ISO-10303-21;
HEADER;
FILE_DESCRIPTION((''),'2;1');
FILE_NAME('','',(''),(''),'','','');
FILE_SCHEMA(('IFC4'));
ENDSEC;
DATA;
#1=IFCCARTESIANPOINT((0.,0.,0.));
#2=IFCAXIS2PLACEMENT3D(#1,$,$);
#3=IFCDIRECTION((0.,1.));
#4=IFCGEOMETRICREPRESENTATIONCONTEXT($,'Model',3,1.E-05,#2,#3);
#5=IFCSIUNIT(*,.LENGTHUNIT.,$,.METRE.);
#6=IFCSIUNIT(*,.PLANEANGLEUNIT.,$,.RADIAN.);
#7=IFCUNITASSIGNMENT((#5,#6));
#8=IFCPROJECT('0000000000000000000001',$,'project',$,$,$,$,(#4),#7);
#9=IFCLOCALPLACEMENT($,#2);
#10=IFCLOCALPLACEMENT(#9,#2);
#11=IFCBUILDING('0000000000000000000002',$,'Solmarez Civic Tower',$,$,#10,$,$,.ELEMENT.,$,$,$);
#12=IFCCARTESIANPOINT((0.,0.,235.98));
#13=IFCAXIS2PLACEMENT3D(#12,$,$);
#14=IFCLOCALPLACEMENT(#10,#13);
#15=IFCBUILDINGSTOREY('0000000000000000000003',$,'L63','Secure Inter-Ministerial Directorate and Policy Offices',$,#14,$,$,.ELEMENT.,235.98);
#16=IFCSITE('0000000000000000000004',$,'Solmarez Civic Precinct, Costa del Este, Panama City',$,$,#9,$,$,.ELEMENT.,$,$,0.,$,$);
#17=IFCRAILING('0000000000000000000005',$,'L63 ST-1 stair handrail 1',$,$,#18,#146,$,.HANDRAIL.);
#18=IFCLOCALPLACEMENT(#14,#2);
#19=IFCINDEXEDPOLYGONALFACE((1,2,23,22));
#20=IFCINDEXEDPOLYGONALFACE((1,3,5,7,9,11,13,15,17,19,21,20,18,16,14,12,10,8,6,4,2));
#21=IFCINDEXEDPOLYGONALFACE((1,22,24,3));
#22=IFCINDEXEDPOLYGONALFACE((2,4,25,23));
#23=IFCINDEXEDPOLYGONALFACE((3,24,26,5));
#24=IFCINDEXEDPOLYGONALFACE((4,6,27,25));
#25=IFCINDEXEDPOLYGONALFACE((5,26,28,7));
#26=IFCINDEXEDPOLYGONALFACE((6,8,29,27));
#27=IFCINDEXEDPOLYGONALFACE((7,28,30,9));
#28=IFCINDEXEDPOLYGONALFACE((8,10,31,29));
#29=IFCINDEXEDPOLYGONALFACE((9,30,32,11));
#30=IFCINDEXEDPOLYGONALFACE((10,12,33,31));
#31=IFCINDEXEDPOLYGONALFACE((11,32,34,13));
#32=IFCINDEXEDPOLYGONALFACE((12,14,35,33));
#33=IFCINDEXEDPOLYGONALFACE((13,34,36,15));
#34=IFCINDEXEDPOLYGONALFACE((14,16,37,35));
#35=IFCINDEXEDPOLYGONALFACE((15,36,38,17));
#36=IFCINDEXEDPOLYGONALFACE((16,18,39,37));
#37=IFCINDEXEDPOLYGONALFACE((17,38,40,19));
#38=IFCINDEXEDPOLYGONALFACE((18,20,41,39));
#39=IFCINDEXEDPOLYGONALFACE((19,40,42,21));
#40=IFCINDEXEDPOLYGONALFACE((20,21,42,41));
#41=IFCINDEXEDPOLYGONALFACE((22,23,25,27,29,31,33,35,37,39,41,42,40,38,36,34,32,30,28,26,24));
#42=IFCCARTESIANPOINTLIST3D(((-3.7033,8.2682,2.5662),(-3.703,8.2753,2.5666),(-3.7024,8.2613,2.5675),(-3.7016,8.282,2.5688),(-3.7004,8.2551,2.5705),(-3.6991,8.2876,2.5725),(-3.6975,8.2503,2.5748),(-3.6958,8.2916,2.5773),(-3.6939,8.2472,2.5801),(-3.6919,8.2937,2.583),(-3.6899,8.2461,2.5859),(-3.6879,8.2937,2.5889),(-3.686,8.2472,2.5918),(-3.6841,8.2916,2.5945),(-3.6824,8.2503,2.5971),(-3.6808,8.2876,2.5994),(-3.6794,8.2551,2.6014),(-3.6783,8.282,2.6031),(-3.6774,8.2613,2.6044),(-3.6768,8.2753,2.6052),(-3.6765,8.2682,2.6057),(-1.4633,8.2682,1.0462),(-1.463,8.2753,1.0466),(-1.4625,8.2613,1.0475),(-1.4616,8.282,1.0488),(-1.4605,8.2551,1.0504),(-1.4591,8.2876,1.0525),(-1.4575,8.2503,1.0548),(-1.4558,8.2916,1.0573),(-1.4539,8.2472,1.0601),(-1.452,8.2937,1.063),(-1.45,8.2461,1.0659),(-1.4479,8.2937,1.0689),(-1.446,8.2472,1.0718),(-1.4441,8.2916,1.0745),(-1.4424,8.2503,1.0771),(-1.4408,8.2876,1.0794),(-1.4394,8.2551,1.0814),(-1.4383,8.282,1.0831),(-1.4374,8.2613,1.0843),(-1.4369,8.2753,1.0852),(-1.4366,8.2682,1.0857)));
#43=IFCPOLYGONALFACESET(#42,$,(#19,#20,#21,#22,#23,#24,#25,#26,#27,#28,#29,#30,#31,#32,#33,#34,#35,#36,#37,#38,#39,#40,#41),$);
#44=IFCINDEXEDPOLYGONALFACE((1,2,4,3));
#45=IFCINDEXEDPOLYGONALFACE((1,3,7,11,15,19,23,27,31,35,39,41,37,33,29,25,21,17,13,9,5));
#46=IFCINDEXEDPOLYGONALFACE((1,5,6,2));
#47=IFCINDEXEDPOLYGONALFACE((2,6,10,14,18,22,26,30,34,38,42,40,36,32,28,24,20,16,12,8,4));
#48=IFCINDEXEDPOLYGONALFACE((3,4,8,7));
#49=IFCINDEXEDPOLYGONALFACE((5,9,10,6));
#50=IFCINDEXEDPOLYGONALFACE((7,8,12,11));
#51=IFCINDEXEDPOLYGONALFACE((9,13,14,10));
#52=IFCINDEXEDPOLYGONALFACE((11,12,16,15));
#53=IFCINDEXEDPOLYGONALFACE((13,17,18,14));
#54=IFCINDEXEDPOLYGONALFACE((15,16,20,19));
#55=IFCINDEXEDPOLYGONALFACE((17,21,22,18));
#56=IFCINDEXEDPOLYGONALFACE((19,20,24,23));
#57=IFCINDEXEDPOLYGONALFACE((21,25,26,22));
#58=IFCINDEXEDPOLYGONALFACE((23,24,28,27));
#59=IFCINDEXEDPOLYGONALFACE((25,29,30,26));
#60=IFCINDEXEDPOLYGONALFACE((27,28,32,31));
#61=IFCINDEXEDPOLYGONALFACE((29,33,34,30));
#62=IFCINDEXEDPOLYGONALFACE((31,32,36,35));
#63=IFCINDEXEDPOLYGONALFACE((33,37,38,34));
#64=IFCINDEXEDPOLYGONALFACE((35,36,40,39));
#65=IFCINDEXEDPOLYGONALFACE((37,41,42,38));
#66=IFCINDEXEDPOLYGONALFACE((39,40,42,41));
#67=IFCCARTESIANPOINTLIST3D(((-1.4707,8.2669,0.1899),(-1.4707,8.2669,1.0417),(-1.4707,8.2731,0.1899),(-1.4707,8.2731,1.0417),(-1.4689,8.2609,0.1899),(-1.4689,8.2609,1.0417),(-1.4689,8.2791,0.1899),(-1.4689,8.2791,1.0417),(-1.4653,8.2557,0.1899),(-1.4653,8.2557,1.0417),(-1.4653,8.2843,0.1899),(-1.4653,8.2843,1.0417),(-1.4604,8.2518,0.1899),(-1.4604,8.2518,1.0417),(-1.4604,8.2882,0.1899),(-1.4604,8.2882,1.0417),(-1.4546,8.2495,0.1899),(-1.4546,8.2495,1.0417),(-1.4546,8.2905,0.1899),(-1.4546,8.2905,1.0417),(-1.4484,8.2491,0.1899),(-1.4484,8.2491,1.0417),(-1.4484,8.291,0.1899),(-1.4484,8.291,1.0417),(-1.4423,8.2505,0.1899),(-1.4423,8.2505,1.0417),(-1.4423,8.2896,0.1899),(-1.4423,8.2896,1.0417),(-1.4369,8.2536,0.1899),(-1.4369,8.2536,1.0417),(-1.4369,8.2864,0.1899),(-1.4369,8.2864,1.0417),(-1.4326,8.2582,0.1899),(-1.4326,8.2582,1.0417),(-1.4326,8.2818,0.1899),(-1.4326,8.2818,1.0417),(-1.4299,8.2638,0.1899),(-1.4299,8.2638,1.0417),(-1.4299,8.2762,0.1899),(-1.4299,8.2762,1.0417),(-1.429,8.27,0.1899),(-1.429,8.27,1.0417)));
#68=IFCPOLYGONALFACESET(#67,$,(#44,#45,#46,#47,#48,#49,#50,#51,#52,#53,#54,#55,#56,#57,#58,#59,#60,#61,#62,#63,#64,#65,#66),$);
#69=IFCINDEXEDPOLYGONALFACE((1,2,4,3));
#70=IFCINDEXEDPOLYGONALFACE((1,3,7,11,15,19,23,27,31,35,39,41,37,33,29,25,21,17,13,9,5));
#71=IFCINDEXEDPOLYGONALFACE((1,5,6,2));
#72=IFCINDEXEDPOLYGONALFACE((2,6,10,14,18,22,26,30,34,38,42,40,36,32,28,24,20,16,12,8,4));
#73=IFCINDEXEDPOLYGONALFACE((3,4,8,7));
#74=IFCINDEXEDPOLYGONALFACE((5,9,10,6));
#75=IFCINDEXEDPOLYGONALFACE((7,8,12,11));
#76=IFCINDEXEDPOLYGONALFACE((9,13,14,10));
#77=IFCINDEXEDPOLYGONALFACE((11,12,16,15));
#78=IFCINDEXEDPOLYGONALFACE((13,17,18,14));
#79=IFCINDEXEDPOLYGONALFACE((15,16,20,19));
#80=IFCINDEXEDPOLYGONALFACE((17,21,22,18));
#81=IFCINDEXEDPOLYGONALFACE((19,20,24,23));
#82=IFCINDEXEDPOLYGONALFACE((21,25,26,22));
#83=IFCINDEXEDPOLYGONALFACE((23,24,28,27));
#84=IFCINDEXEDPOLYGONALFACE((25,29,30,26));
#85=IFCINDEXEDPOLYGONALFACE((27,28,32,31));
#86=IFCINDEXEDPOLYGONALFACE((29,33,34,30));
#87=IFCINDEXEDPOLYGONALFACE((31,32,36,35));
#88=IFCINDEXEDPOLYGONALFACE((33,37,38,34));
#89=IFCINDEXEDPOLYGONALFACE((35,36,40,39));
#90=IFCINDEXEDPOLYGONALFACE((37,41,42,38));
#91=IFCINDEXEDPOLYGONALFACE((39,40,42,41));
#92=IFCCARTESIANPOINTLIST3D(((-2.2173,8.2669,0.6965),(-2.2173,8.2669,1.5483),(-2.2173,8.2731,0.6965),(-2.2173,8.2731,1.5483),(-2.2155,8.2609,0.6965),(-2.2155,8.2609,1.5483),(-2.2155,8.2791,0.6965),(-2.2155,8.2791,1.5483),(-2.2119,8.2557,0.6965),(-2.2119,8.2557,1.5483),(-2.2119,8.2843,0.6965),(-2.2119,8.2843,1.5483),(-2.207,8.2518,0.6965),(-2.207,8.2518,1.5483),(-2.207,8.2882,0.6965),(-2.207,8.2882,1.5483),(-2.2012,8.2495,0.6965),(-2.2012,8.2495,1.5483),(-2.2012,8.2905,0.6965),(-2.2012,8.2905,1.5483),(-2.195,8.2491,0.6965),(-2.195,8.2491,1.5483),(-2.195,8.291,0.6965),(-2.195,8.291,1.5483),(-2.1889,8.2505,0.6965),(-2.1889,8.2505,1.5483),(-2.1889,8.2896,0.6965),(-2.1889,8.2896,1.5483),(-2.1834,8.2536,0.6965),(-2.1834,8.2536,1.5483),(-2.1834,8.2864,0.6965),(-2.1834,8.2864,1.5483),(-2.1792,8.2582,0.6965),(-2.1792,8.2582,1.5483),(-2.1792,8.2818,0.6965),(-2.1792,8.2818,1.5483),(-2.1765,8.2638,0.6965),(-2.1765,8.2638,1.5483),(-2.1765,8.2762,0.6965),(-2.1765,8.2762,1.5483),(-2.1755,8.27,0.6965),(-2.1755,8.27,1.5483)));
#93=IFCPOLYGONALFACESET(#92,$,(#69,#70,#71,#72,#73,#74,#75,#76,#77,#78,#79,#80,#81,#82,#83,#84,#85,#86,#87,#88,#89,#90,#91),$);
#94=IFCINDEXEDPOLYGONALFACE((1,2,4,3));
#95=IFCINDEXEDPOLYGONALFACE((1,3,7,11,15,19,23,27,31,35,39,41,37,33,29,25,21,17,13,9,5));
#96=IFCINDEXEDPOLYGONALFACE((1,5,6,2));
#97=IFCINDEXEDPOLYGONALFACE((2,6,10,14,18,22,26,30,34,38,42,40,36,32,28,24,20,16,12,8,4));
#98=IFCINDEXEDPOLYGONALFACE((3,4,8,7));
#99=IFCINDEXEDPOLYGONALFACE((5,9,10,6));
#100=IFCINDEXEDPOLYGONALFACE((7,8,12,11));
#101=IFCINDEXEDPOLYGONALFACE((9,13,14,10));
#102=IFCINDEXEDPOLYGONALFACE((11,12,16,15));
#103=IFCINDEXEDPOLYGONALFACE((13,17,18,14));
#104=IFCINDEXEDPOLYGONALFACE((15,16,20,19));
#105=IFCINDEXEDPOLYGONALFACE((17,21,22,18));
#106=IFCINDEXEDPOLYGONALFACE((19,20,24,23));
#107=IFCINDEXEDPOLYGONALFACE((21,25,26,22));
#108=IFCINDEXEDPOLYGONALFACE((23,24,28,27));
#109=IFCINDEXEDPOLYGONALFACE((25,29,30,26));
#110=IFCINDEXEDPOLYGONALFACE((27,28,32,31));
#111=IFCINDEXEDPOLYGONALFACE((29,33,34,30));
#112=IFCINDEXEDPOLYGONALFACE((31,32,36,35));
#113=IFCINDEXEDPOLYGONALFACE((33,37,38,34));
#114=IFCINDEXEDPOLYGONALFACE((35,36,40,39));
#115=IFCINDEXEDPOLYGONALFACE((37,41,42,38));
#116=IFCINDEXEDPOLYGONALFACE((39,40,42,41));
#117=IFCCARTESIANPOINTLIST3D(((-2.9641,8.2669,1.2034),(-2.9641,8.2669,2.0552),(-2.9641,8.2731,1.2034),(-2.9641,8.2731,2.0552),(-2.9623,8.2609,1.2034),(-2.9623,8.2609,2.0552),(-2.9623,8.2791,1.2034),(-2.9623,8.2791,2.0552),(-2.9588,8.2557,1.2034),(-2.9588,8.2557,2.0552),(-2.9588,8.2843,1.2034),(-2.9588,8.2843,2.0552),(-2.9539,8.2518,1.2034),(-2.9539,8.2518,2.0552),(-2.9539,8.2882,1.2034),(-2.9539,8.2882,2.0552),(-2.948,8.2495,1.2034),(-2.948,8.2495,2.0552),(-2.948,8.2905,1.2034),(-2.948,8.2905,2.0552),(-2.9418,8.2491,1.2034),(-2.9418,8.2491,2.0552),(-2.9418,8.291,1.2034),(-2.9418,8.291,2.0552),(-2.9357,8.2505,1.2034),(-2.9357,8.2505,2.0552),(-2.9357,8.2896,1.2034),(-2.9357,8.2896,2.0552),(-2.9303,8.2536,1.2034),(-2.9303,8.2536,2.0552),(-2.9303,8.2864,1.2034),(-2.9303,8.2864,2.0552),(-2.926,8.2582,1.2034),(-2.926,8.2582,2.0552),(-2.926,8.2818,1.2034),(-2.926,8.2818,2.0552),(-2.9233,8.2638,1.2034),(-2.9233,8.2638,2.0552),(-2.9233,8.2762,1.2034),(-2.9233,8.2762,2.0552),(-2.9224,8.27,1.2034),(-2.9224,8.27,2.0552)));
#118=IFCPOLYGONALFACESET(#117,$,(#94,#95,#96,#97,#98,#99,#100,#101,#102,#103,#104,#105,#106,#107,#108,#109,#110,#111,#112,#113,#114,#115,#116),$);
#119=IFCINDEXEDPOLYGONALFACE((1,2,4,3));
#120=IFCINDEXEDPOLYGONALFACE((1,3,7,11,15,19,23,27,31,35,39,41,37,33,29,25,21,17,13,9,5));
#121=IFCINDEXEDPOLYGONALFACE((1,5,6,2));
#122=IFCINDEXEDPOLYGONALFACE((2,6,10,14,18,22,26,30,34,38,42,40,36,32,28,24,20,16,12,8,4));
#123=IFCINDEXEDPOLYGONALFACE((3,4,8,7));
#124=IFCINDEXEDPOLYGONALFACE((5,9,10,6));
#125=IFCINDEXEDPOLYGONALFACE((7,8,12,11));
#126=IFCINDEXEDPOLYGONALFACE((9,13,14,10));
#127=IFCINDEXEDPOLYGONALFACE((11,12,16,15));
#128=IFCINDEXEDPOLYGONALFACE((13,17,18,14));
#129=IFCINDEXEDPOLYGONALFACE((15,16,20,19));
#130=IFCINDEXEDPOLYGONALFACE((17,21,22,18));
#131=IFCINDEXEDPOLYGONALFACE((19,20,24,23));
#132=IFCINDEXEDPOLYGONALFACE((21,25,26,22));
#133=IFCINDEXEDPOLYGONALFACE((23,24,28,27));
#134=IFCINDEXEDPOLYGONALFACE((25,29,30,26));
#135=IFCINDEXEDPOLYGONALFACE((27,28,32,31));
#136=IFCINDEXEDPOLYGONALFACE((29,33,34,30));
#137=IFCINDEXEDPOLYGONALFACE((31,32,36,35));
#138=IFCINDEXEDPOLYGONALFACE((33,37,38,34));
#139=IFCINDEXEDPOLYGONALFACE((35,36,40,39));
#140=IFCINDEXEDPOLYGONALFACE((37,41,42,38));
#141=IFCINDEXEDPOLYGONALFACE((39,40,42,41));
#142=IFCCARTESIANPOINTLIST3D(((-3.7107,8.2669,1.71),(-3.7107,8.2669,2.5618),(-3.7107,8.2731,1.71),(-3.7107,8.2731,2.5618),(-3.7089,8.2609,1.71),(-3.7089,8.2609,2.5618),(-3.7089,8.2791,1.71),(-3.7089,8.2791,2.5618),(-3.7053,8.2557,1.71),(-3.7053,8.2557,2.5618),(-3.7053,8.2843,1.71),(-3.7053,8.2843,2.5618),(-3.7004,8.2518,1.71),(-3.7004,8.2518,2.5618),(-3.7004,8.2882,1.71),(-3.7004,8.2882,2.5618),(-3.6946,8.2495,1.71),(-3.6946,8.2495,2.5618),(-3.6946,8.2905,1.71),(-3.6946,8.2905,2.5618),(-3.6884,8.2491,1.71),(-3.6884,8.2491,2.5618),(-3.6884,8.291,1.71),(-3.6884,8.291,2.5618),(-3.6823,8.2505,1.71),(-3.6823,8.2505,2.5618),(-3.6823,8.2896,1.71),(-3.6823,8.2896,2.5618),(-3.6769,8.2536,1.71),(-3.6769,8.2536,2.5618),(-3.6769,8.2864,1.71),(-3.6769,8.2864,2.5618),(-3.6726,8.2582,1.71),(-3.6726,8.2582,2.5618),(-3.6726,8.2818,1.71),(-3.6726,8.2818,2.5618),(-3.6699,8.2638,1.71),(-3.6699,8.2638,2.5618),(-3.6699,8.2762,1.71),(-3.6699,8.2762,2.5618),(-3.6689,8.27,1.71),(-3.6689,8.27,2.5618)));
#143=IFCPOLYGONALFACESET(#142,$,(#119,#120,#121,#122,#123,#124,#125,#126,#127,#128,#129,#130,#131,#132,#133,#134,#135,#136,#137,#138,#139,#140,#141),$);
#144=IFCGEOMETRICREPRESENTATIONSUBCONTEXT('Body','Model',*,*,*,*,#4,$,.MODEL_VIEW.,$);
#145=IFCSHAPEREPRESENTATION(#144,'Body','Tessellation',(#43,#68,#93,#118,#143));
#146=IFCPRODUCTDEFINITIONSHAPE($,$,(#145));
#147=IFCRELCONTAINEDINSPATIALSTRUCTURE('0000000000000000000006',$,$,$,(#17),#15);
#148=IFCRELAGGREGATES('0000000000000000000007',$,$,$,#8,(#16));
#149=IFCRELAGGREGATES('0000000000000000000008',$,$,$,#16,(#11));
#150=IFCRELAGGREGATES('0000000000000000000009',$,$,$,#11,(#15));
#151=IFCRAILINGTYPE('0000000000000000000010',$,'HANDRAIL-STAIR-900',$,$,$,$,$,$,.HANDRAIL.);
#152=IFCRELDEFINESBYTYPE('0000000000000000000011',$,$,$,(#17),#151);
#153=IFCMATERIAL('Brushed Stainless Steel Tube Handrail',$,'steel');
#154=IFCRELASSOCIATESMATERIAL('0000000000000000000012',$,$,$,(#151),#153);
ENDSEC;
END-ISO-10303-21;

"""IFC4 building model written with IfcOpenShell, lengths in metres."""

from ifc_helpers import new_model, si_unit, direction, frame, origin, origin_2d, place, context, subcontext, project, spatial, circle, extrude, material, type_object, element, save


model = new_model("IFC4")

# Units and contexts
model_context = context("Model", 3, precision=1e-05, world=origin(), true_north=direction((0.0, 1.0)))
body_context = subcontext(model_context, "Body", "Model", "MODEL_VIEW")
ifc_project = project(units=[si_unit("LENGTHUNIT", "METRE"), si_unit("PLANEANGLEUNIT", "RADIAN")], contexts=[model_context])

# Site, building, storey
site_placement = place(None, origin())
site = spatial("IfcSite", under=ifc_project, at=site_placement, Name="Solmarez Civic Precinct, Costa del Este, Panama City", CompositionType="ELEMENT", RefElevation=0.0)
building_placement = place(site_placement, origin())
building = spatial("IfcBuilding", under=site, at=building_placement, Name="Solmarez Civic Tower", CompositionType="ELEMENT")
storey_placement = place(building_placement, frame((0.0, 0.0, 235.98)))
storey = spatial("IfcBuildingStorey", under=building, at=storey_placement, Name="L63", Description="Secure Inter-Ministerial Directorate and Policy Offices", CompositionType="ELEMENT", Elevation=235.98)

# Railing
ifc_material_1 = material(Name="Brushed Stainless Steel Tube Handrail", Category="steel")
railing_type_1 = type_object("IfcRailingType", Name="HANDRAIL-STAIR-900", PredefinedType="HANDRAIL", material=ifc_material_1)
railing_1_placement = place(storey_placement, frame((-1.45, 8.27, 0.1899)))
element("IfcRailing", 1, at=railing_1_placement, inside=storey, type_object=railing_type_1, Name="L63 ST-1 stair handrail 1", PredefinedType="HANDRAIL", context=body_context, shape_type="SweptSolid", body=[
    extrude(circle(Radius=0.0239, at=origin_2d()), frame((0.0, 0.0, 0.876), z_axis=(-0.827471, 0.0, 0.561508), x_axis=(0.0, -1.0, 0.0)), (0.0, 0.0, 1.0), 2.707),
    extrude(circle(Radius=0.021, at=origin_2d()), origin(), (0.0, 0.0, 1.0), 0.8518),
    extrude(circle(Radius=0.021, at=origin_2d()), frame((-0.7466, 0.0, 0.5066)), (0.0, 0.0, 1.0), 0.8518),
    extrude(circle(Radius=0.021, at=origin_2d()), frame((-1.4934, 0.0, 1.0134)), (0.0, 0.0, 1.0), 0.8518),
    extrude(circle(Radius=0.021, at=origin_2d()), frame((-2.24, 0.0, 1.52)), (0.0, 0.0, 1.0), 0.8518),
])

save(model, "model.ifc")
